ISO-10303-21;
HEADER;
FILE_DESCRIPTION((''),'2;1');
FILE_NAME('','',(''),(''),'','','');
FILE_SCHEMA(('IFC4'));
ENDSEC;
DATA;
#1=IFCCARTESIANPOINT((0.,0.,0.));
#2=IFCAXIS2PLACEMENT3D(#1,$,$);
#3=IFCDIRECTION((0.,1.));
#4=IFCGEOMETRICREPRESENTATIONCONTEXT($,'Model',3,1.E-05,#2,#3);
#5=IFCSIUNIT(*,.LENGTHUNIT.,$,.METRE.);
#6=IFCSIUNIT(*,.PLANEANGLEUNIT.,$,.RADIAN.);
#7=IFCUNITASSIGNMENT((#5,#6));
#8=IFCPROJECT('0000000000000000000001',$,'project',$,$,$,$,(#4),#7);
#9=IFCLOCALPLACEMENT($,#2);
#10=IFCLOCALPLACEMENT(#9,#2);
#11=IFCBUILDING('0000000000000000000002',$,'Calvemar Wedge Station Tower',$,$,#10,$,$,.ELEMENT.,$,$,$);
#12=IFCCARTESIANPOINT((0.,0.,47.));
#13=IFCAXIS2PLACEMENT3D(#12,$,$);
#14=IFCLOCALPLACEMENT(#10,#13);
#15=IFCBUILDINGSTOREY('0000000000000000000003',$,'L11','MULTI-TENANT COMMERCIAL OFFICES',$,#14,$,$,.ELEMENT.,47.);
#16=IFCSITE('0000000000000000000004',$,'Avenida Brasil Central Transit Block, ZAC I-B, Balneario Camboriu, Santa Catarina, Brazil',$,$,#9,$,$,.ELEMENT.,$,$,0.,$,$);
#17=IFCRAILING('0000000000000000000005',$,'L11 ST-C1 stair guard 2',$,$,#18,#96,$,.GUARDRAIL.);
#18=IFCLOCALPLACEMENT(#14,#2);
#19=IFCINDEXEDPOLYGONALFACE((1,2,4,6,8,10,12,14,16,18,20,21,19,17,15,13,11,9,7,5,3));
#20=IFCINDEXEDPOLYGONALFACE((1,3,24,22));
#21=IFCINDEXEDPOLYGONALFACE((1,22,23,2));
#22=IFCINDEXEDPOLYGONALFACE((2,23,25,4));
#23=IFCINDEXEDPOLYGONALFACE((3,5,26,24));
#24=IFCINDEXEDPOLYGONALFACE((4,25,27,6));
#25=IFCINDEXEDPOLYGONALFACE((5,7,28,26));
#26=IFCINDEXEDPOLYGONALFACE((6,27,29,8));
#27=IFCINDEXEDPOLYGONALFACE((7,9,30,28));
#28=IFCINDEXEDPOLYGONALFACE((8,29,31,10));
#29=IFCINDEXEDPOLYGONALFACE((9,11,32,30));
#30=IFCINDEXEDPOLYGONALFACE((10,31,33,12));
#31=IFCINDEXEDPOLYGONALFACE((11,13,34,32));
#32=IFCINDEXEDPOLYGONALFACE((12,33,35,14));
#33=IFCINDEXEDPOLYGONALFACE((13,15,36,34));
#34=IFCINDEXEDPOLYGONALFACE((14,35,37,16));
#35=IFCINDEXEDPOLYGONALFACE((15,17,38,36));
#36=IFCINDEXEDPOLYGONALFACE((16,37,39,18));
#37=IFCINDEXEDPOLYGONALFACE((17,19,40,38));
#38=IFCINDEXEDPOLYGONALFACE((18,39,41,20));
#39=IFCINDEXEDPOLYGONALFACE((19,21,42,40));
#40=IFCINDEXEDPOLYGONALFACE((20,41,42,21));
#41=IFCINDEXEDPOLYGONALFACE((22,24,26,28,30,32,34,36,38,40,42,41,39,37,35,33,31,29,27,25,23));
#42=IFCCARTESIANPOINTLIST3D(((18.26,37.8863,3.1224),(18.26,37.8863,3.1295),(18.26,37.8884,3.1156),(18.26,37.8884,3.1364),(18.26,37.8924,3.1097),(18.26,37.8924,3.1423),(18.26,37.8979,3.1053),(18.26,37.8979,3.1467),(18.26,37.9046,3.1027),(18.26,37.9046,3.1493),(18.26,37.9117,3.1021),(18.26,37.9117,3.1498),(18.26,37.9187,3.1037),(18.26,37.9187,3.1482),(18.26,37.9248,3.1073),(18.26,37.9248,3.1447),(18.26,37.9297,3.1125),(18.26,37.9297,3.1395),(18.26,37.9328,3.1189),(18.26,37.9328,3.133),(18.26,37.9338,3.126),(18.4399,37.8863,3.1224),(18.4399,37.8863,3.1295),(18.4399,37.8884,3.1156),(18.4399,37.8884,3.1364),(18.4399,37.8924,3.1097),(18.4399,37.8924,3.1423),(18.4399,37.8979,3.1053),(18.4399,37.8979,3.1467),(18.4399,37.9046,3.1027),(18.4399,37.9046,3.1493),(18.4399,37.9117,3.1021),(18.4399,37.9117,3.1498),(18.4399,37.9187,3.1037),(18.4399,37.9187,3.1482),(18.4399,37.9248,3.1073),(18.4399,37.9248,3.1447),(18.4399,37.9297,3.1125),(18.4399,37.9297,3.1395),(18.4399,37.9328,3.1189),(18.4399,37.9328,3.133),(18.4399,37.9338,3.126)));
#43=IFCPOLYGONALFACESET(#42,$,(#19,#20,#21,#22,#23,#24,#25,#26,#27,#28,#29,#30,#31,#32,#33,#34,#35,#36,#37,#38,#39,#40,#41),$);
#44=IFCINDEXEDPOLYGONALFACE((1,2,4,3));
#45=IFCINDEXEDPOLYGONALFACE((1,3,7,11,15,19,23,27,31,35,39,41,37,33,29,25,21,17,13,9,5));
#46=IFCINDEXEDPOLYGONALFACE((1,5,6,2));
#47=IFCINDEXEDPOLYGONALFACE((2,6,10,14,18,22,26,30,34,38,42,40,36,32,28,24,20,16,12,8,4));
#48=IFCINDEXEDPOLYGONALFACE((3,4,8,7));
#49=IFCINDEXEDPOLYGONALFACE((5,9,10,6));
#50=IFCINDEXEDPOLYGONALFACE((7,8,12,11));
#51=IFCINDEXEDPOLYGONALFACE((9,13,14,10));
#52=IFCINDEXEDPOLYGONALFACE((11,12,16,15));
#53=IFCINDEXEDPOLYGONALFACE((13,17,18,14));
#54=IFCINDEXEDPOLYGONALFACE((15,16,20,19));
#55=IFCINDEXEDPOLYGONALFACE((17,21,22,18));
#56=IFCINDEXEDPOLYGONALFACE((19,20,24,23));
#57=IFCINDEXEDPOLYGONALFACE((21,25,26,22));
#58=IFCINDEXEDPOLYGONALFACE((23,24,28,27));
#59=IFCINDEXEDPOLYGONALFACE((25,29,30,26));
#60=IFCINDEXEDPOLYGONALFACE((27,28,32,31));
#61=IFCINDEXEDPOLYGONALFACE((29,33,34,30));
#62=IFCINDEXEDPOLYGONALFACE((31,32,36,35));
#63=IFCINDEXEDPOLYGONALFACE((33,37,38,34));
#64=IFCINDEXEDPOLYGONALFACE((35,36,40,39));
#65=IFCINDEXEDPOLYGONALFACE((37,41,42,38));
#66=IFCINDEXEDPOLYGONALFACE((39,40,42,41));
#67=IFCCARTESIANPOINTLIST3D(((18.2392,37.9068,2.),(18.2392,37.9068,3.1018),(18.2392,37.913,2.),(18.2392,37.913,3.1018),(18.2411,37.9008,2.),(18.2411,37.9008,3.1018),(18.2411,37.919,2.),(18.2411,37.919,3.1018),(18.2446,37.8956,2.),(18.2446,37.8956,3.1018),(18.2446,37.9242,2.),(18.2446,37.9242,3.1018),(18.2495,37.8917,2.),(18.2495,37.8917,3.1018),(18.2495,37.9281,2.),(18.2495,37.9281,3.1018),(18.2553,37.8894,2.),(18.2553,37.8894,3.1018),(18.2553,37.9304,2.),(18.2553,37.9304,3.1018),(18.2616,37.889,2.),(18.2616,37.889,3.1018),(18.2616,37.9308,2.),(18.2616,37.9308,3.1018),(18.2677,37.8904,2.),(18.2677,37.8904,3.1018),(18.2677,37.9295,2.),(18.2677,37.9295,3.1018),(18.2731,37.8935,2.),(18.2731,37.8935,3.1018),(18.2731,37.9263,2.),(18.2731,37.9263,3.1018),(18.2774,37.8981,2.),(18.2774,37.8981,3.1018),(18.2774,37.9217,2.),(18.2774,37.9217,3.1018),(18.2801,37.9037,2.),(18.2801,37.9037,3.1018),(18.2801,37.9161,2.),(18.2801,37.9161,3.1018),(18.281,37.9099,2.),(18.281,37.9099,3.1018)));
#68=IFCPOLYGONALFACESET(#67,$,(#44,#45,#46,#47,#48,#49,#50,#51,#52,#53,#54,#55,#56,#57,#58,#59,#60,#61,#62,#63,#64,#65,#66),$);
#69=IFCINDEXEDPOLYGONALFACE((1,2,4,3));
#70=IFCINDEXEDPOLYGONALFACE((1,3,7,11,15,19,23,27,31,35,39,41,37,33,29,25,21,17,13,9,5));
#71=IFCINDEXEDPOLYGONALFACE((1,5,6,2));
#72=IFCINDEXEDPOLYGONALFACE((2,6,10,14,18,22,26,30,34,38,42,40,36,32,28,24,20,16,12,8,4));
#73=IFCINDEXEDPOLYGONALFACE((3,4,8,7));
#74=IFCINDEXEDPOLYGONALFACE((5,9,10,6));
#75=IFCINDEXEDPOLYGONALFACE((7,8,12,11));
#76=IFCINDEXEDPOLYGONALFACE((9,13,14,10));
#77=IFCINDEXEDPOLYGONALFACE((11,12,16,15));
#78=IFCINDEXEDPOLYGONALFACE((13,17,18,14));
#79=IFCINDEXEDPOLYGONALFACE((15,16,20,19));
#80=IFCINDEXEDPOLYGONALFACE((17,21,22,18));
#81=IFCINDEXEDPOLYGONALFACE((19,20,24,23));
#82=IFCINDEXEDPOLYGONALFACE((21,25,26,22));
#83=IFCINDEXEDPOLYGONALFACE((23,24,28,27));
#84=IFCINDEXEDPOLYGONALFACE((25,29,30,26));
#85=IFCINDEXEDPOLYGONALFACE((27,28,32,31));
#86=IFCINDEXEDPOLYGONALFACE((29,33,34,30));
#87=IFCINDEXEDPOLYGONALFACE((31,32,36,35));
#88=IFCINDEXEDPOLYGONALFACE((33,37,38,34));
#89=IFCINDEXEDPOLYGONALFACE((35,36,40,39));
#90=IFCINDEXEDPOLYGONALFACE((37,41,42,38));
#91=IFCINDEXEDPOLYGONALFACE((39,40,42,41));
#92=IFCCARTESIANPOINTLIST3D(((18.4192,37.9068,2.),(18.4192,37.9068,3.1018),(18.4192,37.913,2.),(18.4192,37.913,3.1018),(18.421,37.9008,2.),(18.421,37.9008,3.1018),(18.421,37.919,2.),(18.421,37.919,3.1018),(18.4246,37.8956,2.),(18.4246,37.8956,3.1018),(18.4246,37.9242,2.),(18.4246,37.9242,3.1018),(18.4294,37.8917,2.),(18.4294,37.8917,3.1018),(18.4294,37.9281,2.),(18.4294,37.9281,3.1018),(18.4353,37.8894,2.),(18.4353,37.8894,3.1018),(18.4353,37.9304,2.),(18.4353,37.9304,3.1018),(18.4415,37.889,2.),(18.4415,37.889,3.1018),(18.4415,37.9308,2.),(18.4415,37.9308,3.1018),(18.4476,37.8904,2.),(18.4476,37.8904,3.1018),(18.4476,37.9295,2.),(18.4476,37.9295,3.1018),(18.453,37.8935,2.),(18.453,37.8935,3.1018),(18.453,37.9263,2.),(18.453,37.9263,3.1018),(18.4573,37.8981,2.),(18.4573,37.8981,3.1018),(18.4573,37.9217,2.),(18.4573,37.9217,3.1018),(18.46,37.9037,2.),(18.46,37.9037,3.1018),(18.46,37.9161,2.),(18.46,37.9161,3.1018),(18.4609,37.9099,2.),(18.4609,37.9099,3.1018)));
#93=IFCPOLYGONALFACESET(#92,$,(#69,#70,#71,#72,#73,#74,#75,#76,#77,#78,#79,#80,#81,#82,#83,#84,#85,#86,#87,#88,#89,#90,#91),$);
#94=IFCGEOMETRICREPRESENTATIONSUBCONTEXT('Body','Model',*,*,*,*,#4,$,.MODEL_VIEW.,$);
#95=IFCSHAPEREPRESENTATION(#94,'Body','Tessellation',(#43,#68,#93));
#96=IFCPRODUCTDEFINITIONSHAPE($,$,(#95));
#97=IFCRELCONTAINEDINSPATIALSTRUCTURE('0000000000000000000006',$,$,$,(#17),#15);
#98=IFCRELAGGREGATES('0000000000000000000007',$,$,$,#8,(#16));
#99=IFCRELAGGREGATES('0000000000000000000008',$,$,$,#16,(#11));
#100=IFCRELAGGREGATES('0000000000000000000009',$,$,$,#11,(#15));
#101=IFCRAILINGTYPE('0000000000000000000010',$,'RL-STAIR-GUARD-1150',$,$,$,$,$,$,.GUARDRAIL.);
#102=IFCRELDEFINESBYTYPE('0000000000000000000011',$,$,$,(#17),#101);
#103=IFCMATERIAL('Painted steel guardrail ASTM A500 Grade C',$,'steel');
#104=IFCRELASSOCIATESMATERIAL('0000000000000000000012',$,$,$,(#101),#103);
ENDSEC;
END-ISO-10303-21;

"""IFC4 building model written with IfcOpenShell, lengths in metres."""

from ifc_helpers import new_model, si_unit, direction, frame, origin, origin_2d, place, context, subcontext, project, spatial, circle, extrude, material, type_object, element, save


model = new_model("IFC4")

# Units and contexts
model_context = context("Model", 3, precision=1e-05, world=origin(), true_north=direction((0.0, 1.0)))
body_context = subcontext(model_context, "Body", "Model", "MODEL_VIEW")
ifc_project = project(units=[si_unit("LENGTHUNIT", "METRE"), si_unit("PLANEANGLEUNIT", "RADIAN")], contexts=[model_context])

# Site, building, storey
site_placement = place(None, origin())
site = spatial("IfcSite", under=ifc_project, at=site_placement, Name="Avenida Brasil Central Transit Block, ZAC I-B, Balneario Camboriu, Santa Catarina, Brazil", CompositionType="ELEMENT", RefElevation=0.0)
building_placement = place(site_placement, origin())
building = spatial("IfcBuilding", under=site, at=building_placement, Name="Calvemar Wedge Station Tower", CompositionType="ELEMENT")
storey_placement = place(building_placement, frame((0.0, 0.0, 47.0)))
storey = spatial("IfcBuildingStorey", under=building, at=storey_placement, Name="L11", Description="MULTI-TENANT COMMERCIAL OFFICES", CompositionType="ELEMENT", Elevation=47.0)

# Railing
ifc_material_1 = material(Name="Painted steel guardrail ASTM A500 Grade C", Category="steel")
railing_type_1 = type_object("IfcRailingType", Name="RL-STAIR-GUARD-1150", PredefinedType="GUARDRAIL", material=ifc_material_1)
railing_1_placement = place(storey_placement, frame((18.26, 37.9099, 2.0)))
element("IfcRailing", 1, at=railing_1_placement, inside=storey, type_object=railing_type_1, Name="L11 ST-C1 stair guard 2", PredefinedType="GUARDRAIL", context=body_context, shape_type="SweptSolid", body=[
    extrude(circle(Radius=0.0239, at=origin_2d()), frame((0.0, 0.0, 1.126), z_axis=(1.0, 0.0, 0.0), x_axis=(0.0, 1.0, 0.0)), (0.0, 0.0, 1.0), 0.1799),
    extrude(circle(Radius=0.021, at=origin_2d()), origin(), (0.0, 0.0, 1.0), 1.1018),
    extrude(circle(Radius=0.021, at=origin_2d()), frame((0.1799, 0.0, 0.0)), (0.0, 0.0, 1.0), 1.1018),
])

save(model, "model.ifc")
